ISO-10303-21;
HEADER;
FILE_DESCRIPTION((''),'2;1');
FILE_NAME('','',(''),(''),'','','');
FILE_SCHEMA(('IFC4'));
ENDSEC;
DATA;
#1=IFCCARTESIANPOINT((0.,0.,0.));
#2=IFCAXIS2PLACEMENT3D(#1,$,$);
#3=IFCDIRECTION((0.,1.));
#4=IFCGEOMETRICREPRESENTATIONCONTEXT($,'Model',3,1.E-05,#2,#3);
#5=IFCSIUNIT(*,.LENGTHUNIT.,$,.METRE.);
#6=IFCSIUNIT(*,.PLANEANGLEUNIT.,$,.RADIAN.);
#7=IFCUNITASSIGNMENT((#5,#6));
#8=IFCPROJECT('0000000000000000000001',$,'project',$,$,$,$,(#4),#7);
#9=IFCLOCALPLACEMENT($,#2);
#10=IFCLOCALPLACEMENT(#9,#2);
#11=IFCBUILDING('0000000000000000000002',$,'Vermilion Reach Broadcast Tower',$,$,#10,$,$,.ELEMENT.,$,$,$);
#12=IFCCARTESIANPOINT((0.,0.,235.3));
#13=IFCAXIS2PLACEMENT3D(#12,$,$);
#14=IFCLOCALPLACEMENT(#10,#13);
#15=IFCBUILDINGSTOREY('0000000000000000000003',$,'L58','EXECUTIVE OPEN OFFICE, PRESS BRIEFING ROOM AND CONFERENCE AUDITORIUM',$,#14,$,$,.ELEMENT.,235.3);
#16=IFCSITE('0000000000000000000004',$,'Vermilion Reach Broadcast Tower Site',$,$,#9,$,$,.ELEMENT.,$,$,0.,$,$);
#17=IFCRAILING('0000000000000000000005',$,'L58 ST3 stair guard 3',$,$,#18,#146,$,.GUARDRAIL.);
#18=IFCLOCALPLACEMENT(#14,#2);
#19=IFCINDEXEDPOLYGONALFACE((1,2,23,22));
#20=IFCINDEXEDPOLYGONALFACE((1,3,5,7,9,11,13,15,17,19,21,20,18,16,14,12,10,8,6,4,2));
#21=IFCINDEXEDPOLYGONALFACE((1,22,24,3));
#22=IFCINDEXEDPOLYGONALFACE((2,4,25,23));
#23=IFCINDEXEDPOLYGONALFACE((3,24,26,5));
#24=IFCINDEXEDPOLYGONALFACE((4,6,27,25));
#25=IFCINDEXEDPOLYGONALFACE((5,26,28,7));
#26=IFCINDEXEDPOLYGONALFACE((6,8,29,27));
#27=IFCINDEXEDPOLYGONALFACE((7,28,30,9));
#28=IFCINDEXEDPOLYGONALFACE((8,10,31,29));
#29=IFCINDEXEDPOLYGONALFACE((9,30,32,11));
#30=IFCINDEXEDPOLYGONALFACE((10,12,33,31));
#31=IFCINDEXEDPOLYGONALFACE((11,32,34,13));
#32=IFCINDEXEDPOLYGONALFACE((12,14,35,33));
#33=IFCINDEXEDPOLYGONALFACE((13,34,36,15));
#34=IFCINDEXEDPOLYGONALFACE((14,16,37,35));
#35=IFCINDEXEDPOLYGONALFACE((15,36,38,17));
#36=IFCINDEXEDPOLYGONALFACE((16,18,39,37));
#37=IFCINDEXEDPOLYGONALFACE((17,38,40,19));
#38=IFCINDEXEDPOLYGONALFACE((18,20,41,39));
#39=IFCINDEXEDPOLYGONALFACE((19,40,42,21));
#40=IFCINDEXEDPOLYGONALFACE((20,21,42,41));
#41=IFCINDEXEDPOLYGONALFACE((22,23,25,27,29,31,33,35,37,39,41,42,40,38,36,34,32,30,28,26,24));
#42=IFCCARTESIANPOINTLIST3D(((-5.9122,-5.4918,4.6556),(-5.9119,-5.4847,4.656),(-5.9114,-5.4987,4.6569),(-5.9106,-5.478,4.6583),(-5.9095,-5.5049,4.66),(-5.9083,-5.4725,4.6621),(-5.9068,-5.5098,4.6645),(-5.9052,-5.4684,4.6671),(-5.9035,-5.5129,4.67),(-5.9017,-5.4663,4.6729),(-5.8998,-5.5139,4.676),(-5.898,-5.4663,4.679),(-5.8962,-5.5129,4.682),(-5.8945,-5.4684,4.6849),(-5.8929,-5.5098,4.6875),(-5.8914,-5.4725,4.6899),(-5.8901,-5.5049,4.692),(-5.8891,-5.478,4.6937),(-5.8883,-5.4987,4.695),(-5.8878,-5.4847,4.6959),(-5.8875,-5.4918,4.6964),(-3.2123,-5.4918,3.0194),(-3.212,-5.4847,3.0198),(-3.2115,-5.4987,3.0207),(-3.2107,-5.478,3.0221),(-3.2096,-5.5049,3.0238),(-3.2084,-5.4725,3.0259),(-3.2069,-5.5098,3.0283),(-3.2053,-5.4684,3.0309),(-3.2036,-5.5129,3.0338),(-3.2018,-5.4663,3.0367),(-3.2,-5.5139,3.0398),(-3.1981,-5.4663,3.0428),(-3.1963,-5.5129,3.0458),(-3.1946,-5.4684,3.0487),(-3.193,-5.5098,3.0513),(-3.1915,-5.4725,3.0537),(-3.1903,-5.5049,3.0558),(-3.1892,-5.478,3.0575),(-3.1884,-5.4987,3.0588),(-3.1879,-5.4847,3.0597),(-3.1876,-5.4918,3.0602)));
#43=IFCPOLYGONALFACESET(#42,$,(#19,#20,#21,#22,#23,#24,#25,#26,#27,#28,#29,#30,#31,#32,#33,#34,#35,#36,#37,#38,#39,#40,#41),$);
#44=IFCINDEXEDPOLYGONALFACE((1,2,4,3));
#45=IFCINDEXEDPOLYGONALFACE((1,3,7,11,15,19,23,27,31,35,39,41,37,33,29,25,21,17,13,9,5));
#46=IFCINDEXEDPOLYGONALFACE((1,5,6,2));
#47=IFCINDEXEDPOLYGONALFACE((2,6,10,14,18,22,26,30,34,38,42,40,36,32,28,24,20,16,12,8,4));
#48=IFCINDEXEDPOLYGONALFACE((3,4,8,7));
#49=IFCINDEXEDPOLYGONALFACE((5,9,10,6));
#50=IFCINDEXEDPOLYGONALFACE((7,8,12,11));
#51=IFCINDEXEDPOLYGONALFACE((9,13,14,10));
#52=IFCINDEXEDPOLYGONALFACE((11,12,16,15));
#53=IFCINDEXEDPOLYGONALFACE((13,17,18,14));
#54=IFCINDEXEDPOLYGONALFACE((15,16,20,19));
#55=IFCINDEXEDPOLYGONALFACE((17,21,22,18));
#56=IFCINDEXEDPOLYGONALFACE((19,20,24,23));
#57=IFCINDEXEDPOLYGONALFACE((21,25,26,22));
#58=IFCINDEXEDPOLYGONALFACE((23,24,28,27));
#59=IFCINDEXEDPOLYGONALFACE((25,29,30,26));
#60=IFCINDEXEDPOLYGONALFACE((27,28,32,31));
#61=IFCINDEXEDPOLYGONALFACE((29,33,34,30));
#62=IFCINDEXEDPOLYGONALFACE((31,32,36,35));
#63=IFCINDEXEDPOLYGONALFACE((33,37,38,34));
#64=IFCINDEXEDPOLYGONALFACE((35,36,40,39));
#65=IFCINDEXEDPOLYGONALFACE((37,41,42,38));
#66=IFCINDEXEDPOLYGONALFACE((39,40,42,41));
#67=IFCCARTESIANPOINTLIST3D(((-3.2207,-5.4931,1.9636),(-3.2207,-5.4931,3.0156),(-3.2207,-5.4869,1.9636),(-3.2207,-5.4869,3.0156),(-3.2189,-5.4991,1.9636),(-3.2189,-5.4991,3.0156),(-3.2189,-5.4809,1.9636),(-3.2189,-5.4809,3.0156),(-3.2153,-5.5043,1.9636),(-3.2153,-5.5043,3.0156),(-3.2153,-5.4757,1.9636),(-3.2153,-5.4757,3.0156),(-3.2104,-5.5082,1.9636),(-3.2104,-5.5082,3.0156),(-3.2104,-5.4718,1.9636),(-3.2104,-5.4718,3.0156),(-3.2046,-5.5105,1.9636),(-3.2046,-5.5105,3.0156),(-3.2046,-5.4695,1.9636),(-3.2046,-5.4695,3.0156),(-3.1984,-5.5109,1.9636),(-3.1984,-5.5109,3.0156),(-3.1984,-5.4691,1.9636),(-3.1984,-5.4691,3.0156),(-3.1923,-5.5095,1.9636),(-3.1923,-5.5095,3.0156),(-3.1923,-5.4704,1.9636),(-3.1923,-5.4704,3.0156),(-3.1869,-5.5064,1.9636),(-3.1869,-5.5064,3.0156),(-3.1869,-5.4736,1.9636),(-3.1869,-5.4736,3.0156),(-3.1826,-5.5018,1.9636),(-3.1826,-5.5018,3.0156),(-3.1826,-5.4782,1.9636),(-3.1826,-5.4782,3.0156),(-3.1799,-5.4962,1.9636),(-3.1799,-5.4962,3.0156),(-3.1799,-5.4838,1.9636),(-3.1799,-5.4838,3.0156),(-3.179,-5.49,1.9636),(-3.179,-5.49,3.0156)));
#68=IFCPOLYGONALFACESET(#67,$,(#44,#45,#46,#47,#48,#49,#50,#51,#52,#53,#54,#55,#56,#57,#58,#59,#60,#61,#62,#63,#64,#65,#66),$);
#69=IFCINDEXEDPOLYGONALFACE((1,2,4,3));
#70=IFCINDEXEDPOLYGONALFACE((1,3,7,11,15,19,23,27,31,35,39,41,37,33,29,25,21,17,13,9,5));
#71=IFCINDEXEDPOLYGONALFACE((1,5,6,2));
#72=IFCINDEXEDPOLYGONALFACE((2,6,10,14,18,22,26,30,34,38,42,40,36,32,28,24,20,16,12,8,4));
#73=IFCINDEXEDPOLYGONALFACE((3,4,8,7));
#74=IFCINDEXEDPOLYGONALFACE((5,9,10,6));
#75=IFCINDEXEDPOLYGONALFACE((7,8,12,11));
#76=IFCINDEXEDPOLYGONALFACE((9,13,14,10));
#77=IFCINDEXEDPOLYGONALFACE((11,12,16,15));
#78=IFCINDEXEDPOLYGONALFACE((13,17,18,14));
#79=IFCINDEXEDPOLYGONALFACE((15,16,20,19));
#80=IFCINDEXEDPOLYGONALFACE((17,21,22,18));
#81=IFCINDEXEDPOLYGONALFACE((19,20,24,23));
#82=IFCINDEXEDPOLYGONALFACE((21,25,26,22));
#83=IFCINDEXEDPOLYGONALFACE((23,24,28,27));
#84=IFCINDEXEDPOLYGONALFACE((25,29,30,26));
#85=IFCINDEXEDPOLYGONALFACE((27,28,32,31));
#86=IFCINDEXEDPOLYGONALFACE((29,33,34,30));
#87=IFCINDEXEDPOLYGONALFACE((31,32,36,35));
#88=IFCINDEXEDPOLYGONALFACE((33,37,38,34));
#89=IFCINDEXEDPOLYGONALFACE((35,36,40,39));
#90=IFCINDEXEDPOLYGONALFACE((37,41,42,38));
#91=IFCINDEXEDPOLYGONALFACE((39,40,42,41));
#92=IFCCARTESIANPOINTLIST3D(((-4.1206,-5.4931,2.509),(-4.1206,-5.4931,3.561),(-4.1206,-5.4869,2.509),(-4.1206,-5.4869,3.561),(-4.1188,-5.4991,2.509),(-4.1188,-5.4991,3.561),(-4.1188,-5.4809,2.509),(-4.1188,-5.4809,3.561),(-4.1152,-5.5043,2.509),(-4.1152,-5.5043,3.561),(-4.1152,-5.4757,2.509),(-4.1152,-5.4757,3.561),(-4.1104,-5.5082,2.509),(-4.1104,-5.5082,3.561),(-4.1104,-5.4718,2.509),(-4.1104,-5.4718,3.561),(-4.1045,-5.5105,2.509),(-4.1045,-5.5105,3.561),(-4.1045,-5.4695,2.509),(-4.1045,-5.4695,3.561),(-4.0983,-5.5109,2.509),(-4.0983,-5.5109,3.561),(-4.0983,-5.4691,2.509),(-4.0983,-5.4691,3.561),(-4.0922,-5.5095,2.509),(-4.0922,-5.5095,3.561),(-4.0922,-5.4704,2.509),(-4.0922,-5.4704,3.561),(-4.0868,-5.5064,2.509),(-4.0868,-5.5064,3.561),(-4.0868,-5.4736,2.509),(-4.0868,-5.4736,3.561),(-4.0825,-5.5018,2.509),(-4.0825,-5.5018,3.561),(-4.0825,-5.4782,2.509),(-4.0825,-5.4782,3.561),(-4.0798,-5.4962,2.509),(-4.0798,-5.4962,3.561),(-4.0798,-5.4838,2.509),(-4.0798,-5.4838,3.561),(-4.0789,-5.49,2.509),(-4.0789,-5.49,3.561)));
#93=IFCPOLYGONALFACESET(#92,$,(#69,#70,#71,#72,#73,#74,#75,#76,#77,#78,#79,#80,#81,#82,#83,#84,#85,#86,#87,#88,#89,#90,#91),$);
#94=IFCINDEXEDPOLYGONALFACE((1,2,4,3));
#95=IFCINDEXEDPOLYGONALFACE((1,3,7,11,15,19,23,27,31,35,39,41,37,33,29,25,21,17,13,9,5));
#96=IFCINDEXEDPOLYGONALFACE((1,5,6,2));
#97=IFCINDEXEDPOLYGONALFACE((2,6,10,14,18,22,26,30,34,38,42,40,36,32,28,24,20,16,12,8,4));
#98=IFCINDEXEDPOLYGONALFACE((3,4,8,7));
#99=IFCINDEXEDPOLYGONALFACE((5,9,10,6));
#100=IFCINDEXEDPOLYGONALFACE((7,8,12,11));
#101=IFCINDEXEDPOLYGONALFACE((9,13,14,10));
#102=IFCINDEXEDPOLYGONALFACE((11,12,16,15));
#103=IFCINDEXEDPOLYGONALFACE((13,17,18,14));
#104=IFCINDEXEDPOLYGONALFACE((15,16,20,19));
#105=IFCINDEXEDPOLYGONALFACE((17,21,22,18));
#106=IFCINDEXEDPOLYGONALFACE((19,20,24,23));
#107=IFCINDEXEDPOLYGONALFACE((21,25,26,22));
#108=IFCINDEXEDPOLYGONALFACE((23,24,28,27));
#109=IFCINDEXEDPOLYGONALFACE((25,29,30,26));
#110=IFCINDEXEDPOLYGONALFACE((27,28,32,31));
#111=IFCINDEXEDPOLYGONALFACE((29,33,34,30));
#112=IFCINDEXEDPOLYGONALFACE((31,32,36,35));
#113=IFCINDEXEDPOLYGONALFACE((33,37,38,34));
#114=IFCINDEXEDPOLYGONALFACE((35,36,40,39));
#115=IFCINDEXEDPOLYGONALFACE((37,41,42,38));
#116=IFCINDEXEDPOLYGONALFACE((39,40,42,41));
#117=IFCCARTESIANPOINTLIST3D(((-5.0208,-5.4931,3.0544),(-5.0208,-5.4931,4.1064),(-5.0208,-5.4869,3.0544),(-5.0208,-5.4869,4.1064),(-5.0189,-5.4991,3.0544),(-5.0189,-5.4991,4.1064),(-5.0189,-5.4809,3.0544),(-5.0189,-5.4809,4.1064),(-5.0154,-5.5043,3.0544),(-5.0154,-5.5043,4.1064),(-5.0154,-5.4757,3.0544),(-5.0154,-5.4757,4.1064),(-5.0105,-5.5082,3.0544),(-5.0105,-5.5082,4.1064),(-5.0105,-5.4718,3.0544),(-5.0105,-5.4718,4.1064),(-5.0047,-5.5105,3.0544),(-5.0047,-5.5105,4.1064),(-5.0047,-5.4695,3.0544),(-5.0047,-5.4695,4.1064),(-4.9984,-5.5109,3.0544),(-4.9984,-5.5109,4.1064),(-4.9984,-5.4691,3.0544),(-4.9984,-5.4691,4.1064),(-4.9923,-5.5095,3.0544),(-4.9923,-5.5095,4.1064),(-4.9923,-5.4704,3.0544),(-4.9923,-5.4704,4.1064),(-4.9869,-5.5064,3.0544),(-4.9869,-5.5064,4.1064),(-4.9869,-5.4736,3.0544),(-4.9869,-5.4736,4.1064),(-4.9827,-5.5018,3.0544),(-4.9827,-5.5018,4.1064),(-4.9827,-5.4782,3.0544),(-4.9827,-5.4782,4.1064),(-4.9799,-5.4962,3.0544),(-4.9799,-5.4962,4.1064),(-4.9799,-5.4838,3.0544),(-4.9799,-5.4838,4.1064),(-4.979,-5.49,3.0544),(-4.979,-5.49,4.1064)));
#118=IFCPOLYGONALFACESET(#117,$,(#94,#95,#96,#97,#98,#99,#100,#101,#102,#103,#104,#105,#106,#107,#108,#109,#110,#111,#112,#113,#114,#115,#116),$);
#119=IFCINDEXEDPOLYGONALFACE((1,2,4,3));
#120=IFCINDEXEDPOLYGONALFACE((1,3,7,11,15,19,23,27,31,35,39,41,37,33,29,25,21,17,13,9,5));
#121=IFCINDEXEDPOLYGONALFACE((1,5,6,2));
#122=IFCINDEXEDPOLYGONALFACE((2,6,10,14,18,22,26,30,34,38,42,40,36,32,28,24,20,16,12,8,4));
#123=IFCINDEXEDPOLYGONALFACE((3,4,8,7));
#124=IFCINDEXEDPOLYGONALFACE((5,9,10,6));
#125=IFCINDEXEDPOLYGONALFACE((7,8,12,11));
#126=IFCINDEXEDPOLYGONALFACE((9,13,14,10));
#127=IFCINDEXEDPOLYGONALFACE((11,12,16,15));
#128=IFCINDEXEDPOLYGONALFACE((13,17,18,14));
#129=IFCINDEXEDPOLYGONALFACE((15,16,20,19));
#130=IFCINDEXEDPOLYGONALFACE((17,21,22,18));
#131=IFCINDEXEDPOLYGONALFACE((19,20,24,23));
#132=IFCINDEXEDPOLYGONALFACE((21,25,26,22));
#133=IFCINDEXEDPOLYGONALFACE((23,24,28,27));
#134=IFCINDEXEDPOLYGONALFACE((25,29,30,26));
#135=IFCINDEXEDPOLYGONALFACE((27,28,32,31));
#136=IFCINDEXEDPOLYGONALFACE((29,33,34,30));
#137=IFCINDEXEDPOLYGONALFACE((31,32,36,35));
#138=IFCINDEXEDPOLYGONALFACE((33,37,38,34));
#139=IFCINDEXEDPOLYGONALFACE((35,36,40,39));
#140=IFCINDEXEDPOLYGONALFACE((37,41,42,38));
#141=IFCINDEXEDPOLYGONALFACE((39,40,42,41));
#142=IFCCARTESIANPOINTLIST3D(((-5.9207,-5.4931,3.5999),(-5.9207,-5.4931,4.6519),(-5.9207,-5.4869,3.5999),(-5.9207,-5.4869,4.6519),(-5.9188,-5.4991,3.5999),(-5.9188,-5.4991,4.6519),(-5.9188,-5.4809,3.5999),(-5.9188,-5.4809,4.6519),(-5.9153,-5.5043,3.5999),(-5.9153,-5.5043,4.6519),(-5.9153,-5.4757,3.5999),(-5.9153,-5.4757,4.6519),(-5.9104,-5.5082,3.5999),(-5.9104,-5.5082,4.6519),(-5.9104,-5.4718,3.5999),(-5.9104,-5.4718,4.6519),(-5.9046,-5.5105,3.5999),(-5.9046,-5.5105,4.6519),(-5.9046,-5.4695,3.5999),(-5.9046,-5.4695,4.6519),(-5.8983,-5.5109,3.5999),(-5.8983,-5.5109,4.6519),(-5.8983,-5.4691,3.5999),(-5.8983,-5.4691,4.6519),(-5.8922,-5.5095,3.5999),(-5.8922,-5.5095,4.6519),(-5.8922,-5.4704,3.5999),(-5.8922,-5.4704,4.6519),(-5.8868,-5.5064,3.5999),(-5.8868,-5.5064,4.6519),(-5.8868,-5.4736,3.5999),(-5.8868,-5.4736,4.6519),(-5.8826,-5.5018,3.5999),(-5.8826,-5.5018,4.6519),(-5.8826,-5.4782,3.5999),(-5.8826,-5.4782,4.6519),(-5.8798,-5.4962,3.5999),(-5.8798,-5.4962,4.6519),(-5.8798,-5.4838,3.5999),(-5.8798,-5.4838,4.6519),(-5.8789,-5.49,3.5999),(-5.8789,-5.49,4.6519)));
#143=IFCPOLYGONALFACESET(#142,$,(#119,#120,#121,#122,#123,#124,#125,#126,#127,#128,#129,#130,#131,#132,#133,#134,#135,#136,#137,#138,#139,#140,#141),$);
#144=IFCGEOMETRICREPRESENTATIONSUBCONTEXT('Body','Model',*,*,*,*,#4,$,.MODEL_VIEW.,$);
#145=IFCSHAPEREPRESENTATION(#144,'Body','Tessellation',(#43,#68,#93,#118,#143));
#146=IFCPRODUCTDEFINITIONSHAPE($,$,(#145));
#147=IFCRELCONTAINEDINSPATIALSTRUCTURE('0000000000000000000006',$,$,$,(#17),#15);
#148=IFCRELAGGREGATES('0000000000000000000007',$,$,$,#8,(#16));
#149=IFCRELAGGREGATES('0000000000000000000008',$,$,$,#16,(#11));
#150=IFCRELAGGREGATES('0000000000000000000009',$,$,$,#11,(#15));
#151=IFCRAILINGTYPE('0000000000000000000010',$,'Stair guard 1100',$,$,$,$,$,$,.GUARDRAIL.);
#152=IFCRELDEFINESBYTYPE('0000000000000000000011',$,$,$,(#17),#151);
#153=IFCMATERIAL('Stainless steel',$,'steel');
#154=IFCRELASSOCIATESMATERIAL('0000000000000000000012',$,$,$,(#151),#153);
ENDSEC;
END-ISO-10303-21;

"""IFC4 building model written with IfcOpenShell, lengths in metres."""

from ifc_helpers import new_model, si_unit, direction, frame, origin, origin_2d, place, context, subcontext, project, spatial, circle, extrude, material, type_object, element, save


model = new_model("IFC4")

# Units and contexts
model_context = context("Model", 3, precision=1e-05, world=origin(), true_north=direction((0.0, 1.0)))
body_context = subcontext(model_context, "Body", "Model", "MODEL_VIEW")
ifc_project = project(units=[si_unit("LENGTHUNIT", "METRE"), si_unit("PLANEANGLEUNIT", "RADIAN")], contexts=[model_context])

# Site, building, storey
site_placement = place(None, origin())
site = spatial("IfcSite", under=ifc_project, at=site_placement, Name="Vermilion Reach Broadcast Tower Site", CompositionType="ELEMENT", RefElevation=0.0)
building_placement = place(site_placement, origin())
building = spatial("IfcBuilding", under=site, at=building_placement, Name="Vermilion Reach Broadcast Tower", CompositionType="ELEMENT")
storey_placement = place(building_placement, frame((0.0, 0.0, 235.3)))
storey = spatial("IfcBuildingStorey", under=building, at=storey_placement, Name="L58", Description="EXECUTIVE OPEN OFFICE, PRESS BRIEFING ROOM AND CONFERENCE AUDITORIUM", CompositionType="ELEMENT", Elevation=235.3)

# Railing
ifc_material_1 = material(Name="Stainless steel", Category="steel")
railing_type_1 = type_object("IfcRailingType", Name="Stair guard 1100", PredefinedType="GUARDRAIL", material=ifc_material_1)
railing_1_placement = place(storey_placement, frame((-3.2, -5.49, 1.9636)))
element("IfcRailing", 1, at=railing_1_placement, inside=storey, type_object=railing_type_1, Name="L58 ST3 stair guard 3", PredefinedType="GUARDRAIL", context=body_context, shape_type="SweptSolid", body=[
    extrude(circle(Radius=0.0239, at=origin_2d()), frame((0.0, 0.0, 1.0762), z_axis=(-0.855212, 0.0, 0.518278), x_axis=(0.0, -1.0, 0.0)), (0.0, 0.0, 1.0), 3.157),
    extrude(circle(Radius=0.021, at=origin_2d()), origin(), (0.0, 0.0, 1.0), 1.052),
    extrude(circle(Radius=0.021, at=origin_2d()), frame((-0.8999, 0.0, 0.5454)), (0.0, 0.0, 1.0), 1.052),
    extrude(circle(Radius=0.021, at=origin_2d()), frame((-1.8, 0.0, 1.0908)), (0.0, 0.0, 1.0), 1.052),
    extrude(circle(Radius=0.021, at=origin_2d()), frame((-2.7, 0.0, 1.6362)), (0.0, 0.0, 1.0), 1.052),
])

save(model, "model.ifc")
